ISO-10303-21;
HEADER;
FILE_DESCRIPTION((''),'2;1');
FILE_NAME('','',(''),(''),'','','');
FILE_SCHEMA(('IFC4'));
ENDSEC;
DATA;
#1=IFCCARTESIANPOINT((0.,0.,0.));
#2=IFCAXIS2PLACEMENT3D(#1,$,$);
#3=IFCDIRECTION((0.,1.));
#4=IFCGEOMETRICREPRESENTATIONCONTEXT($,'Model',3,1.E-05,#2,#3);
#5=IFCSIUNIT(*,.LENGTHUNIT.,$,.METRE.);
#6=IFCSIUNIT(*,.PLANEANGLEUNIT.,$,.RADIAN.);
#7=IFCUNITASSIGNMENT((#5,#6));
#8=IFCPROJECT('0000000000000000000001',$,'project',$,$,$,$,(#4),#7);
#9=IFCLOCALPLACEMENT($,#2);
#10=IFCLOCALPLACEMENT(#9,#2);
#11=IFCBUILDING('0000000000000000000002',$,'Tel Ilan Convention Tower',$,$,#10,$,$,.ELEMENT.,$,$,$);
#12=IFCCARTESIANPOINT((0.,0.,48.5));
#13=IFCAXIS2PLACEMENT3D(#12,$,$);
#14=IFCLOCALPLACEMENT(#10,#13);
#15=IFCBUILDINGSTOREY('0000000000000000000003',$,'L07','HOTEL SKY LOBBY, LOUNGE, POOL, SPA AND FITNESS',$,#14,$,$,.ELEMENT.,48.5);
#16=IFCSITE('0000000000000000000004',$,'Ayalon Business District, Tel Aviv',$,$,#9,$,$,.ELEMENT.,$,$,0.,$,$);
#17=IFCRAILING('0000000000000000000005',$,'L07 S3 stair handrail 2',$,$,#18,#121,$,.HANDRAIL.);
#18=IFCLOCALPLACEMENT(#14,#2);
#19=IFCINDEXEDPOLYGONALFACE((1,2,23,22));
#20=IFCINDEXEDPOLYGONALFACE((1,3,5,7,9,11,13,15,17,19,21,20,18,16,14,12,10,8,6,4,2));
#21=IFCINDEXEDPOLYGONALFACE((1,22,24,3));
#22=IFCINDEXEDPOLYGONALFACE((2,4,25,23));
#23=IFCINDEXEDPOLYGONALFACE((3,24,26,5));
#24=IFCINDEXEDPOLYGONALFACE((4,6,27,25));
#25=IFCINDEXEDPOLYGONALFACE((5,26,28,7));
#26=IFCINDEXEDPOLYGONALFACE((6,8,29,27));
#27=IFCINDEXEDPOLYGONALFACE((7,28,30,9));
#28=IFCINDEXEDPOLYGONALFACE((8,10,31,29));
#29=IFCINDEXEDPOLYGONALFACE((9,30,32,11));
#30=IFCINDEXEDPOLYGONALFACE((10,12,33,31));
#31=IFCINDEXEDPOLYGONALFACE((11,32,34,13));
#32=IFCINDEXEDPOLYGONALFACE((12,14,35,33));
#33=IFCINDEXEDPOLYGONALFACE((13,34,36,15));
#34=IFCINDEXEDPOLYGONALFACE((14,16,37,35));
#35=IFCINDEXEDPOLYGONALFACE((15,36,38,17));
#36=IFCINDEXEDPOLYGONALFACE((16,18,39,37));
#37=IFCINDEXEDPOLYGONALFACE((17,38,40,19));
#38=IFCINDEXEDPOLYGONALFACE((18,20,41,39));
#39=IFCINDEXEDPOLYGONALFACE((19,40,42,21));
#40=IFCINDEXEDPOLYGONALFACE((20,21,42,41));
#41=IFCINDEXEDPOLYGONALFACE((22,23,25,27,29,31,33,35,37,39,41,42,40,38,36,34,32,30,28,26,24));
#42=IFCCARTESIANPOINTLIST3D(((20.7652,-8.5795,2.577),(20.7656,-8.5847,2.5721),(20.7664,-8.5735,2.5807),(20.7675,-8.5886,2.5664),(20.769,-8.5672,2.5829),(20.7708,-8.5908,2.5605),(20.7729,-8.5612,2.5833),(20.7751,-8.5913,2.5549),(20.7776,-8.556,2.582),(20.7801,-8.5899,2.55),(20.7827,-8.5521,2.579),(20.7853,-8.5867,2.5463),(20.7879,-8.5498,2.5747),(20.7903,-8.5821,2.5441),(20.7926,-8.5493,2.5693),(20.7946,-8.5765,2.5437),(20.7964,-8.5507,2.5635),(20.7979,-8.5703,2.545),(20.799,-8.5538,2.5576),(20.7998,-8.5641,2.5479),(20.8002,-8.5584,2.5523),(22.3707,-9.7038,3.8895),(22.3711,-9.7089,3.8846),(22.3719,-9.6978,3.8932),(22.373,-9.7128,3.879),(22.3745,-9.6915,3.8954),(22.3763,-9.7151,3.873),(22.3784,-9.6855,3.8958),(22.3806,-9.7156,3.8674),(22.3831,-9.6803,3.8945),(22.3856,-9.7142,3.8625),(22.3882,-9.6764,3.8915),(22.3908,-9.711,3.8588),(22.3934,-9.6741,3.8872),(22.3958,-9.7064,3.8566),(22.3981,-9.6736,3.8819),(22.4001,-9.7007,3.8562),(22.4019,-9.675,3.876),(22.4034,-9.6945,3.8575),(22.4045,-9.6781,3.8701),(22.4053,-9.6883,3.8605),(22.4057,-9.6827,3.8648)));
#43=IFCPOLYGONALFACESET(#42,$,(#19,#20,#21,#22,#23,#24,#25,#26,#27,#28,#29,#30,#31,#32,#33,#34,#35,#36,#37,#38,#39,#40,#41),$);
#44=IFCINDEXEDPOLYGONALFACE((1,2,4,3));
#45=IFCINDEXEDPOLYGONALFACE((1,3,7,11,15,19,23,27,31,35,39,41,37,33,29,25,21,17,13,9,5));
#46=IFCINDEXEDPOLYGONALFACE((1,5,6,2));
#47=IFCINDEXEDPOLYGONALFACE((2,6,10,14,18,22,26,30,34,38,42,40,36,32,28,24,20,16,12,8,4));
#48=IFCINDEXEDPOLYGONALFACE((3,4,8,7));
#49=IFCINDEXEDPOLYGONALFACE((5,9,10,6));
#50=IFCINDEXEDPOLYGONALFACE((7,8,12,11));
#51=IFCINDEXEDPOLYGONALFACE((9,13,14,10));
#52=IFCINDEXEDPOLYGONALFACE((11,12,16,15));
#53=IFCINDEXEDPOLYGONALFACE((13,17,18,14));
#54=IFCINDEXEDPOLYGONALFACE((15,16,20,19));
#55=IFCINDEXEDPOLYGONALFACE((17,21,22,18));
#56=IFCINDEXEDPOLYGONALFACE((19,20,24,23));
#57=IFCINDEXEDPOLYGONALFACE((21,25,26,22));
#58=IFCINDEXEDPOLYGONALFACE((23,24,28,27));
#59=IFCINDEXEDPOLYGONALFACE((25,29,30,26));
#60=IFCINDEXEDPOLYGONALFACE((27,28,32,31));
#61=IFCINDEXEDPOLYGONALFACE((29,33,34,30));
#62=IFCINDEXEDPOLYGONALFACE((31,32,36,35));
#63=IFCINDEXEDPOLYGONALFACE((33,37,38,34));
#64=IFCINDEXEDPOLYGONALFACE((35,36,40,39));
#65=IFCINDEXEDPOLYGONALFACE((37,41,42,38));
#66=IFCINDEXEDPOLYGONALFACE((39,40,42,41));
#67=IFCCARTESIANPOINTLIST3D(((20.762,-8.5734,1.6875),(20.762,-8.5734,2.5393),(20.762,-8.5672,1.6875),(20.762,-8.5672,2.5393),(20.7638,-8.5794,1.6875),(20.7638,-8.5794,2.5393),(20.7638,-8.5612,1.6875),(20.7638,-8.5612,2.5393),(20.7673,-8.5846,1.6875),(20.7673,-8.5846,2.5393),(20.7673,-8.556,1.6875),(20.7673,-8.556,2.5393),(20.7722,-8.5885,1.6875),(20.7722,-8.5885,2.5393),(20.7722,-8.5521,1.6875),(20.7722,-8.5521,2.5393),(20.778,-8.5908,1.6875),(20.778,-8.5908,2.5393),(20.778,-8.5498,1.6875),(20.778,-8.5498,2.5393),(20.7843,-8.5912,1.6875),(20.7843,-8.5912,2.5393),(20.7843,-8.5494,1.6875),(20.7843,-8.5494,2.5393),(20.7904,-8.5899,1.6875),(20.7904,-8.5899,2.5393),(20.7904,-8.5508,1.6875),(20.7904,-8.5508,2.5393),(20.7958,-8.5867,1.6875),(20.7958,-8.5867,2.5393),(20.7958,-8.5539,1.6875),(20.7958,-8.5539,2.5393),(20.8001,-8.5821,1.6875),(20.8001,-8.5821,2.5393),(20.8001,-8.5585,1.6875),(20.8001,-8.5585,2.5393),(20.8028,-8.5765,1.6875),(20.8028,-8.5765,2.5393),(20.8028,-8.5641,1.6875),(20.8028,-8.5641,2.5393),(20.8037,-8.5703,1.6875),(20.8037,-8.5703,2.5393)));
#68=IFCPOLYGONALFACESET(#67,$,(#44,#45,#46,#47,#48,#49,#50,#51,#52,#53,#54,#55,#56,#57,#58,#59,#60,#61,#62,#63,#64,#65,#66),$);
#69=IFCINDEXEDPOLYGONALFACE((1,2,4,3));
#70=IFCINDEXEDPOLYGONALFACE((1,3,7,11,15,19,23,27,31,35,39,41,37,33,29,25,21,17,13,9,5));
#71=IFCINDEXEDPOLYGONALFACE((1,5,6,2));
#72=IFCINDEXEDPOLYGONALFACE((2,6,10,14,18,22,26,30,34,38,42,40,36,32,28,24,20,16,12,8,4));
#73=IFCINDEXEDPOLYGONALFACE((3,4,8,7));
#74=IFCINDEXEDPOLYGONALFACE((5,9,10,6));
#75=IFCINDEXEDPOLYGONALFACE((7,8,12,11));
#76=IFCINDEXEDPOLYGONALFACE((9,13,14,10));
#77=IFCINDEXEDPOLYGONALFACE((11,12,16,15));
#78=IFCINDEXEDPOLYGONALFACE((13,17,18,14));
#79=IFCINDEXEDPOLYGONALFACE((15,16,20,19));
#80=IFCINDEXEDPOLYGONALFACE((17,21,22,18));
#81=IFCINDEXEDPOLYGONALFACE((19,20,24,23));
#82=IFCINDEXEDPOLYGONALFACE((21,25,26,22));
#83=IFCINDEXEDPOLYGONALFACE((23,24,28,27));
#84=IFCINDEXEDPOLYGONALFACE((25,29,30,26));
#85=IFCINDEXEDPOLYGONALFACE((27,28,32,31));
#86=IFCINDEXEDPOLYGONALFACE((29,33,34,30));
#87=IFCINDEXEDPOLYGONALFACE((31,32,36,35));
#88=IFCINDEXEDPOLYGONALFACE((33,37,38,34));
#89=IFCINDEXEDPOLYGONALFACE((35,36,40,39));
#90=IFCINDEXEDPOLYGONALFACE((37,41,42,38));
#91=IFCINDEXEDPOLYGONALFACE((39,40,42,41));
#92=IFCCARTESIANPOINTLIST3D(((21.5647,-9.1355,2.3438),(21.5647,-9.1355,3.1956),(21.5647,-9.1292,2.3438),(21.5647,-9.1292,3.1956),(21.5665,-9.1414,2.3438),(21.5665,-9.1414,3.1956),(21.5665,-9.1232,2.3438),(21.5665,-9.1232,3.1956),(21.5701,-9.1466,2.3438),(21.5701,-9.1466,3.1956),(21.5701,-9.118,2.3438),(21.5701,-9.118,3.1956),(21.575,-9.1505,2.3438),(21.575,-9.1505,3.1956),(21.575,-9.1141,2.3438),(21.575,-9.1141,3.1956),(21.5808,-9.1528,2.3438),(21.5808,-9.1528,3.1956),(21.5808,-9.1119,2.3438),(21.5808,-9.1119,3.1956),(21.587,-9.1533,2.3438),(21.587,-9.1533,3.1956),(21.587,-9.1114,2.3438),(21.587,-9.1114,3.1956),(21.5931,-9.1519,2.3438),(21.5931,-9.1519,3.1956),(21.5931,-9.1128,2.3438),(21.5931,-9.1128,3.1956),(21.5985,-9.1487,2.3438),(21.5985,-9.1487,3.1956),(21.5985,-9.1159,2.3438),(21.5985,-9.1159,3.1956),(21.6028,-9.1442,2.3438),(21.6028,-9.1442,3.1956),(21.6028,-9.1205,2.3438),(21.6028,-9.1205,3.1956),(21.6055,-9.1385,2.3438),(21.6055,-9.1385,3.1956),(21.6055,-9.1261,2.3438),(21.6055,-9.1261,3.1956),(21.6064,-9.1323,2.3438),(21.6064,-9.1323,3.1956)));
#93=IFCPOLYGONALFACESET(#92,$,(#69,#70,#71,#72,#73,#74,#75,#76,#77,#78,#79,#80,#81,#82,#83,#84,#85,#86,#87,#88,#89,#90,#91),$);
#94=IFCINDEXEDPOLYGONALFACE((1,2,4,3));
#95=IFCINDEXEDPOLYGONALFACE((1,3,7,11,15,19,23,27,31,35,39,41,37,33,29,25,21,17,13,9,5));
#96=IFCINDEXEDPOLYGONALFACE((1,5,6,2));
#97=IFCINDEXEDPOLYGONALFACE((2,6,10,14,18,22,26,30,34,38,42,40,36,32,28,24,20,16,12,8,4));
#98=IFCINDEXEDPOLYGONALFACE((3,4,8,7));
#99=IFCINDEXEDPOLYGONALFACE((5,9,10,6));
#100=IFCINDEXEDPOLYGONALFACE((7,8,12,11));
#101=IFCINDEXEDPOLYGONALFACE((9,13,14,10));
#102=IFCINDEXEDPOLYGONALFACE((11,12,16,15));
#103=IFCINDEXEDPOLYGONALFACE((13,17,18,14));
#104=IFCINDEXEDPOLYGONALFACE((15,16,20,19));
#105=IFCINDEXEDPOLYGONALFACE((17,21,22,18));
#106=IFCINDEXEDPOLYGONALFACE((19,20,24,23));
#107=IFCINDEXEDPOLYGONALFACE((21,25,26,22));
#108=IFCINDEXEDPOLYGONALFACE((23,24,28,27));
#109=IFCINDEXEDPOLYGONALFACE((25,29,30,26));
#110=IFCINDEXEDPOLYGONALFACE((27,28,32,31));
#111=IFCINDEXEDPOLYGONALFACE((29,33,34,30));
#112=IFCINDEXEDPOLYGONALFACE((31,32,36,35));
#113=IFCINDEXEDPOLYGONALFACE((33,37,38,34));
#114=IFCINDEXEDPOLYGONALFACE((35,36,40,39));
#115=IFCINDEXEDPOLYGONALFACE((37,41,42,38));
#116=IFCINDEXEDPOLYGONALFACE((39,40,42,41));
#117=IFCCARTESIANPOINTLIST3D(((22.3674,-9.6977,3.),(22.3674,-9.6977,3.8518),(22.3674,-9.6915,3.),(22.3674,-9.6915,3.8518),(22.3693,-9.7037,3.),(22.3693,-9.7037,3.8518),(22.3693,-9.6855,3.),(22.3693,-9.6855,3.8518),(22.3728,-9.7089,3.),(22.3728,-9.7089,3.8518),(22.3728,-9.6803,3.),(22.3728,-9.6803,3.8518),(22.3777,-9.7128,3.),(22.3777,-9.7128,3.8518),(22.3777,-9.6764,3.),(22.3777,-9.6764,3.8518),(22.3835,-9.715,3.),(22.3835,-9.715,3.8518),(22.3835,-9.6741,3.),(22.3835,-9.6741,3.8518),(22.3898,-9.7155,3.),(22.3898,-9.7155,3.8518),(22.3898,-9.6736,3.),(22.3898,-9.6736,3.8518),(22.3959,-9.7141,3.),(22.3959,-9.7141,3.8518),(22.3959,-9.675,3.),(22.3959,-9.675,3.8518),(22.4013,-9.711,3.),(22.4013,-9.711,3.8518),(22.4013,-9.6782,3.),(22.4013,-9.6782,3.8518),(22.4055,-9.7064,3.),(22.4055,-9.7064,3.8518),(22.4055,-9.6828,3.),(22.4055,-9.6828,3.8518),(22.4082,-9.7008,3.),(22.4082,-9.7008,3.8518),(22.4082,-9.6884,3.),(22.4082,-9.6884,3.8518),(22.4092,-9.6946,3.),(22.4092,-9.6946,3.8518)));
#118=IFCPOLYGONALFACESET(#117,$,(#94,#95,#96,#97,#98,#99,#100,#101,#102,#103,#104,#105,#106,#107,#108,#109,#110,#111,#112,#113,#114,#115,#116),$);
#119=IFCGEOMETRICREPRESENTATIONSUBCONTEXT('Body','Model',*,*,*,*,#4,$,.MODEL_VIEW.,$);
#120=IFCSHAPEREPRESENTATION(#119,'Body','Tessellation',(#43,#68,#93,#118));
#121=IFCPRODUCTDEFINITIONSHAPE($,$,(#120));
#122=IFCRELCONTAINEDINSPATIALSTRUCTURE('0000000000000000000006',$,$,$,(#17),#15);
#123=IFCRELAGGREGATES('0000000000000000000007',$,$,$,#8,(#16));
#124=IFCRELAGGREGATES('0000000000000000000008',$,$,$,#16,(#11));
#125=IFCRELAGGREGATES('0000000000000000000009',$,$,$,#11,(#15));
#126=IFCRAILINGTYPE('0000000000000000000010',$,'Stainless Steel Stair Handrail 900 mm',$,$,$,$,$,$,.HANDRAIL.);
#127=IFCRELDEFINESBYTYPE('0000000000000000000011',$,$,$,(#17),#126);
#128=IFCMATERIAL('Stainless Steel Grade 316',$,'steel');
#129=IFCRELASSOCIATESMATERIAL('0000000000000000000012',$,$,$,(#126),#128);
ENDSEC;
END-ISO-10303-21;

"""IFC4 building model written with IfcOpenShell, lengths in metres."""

from ifc_helpers import new_model, si_unit, direction, frame, origin, origin_2d, place, context, subcontext, project, spatial, circle, extrude, material, type_object, element, save


model = new_model("IFC4")

# Units and contexts
model_context = context("Model", 3, precision=1e-05, world=origin(), true_north=direction((0.0, 1.0)))
body_context = subcontext(model_context, "Body", "Model", "MODEL_VIEW")
ifc_project = project(units=[si_unit("LENGTHUNIT", "METRE"), si_unit("PLANEANGLEUNIT", "RADIAN")], contexts=[model_context])

# Site, building, storey
site_placement = place(None, origin())
site = spatial("IfcSite", under=ifc_project, at=site_placement, Name="Ayalon Business District, Tel Aviv", CompositionType="ELEMENT", RefElevation=0.0)
building_placement = place(site_placement, origin())
building = spatial("IfcBuilding", under=site, at=building_placement, Name="Tel Ilan Convention Tower", CompositionType="ELEMENT")
storey_placement = place(building_placement, frame((0.0, 0.0, 48.5)))
storey = spatial("IfcBuildingStorey", under=building, at=storey_placement, Name="L07", Description="HOTEL SKY LOBBY, LOUNGE, POOL, SPA AND FITNESS", CompositionType="ELEMENT", Elevation=48.5)

# Railing
ifc_material_1 = material(Name="Stainless Steel Grade 316", Category="steel")
railing_type_1 = type_object("IfcRailingType", Name="Stainless Steel Stair Handrail 900 mm", PredefinedType="HANDRAIL", material=ifc_material_1)
railing_1_placement = place(storey_placement, frame((20.7827, -8.5703, 1.6875)))
element("IfcRailing", 1, at=railing_1_placement, inside=storey, type_object=railing_type_1, Name="L07 S3 stair handrail 2", PredefinedType="HANDRAIL", context=body_context, shape_type="SweptSolid", body=[
    extrude(circle(Radius=0.0239, at=origin_2d()), frame((0.0, 0.0, 0.876), z_axis=(0.680616, -0.476617, 0.556416), x_axis=(0.573613, 0.819127, 0.0)), (0.0, 0.0, 1.0), 2.3589),
    extrude(circle(Radius=0.021, at=origin_2d()), origin(), (0.0, 0.0, 1.0), 0.8518),
    extrude(circle(Radius=0.021, at=origin_2d()), frame((0.8027, -0.562, 0.6562)), (0.0, 0.0, 1.0), 0.8518),
    extrude(circle(Radius=0.021, at=origin_2d()), frame((1.6055, -1.1243, 1.3125)), (0.0, 0.0, 1.0), 0.8518),
])

save(model, "model.ifc")
